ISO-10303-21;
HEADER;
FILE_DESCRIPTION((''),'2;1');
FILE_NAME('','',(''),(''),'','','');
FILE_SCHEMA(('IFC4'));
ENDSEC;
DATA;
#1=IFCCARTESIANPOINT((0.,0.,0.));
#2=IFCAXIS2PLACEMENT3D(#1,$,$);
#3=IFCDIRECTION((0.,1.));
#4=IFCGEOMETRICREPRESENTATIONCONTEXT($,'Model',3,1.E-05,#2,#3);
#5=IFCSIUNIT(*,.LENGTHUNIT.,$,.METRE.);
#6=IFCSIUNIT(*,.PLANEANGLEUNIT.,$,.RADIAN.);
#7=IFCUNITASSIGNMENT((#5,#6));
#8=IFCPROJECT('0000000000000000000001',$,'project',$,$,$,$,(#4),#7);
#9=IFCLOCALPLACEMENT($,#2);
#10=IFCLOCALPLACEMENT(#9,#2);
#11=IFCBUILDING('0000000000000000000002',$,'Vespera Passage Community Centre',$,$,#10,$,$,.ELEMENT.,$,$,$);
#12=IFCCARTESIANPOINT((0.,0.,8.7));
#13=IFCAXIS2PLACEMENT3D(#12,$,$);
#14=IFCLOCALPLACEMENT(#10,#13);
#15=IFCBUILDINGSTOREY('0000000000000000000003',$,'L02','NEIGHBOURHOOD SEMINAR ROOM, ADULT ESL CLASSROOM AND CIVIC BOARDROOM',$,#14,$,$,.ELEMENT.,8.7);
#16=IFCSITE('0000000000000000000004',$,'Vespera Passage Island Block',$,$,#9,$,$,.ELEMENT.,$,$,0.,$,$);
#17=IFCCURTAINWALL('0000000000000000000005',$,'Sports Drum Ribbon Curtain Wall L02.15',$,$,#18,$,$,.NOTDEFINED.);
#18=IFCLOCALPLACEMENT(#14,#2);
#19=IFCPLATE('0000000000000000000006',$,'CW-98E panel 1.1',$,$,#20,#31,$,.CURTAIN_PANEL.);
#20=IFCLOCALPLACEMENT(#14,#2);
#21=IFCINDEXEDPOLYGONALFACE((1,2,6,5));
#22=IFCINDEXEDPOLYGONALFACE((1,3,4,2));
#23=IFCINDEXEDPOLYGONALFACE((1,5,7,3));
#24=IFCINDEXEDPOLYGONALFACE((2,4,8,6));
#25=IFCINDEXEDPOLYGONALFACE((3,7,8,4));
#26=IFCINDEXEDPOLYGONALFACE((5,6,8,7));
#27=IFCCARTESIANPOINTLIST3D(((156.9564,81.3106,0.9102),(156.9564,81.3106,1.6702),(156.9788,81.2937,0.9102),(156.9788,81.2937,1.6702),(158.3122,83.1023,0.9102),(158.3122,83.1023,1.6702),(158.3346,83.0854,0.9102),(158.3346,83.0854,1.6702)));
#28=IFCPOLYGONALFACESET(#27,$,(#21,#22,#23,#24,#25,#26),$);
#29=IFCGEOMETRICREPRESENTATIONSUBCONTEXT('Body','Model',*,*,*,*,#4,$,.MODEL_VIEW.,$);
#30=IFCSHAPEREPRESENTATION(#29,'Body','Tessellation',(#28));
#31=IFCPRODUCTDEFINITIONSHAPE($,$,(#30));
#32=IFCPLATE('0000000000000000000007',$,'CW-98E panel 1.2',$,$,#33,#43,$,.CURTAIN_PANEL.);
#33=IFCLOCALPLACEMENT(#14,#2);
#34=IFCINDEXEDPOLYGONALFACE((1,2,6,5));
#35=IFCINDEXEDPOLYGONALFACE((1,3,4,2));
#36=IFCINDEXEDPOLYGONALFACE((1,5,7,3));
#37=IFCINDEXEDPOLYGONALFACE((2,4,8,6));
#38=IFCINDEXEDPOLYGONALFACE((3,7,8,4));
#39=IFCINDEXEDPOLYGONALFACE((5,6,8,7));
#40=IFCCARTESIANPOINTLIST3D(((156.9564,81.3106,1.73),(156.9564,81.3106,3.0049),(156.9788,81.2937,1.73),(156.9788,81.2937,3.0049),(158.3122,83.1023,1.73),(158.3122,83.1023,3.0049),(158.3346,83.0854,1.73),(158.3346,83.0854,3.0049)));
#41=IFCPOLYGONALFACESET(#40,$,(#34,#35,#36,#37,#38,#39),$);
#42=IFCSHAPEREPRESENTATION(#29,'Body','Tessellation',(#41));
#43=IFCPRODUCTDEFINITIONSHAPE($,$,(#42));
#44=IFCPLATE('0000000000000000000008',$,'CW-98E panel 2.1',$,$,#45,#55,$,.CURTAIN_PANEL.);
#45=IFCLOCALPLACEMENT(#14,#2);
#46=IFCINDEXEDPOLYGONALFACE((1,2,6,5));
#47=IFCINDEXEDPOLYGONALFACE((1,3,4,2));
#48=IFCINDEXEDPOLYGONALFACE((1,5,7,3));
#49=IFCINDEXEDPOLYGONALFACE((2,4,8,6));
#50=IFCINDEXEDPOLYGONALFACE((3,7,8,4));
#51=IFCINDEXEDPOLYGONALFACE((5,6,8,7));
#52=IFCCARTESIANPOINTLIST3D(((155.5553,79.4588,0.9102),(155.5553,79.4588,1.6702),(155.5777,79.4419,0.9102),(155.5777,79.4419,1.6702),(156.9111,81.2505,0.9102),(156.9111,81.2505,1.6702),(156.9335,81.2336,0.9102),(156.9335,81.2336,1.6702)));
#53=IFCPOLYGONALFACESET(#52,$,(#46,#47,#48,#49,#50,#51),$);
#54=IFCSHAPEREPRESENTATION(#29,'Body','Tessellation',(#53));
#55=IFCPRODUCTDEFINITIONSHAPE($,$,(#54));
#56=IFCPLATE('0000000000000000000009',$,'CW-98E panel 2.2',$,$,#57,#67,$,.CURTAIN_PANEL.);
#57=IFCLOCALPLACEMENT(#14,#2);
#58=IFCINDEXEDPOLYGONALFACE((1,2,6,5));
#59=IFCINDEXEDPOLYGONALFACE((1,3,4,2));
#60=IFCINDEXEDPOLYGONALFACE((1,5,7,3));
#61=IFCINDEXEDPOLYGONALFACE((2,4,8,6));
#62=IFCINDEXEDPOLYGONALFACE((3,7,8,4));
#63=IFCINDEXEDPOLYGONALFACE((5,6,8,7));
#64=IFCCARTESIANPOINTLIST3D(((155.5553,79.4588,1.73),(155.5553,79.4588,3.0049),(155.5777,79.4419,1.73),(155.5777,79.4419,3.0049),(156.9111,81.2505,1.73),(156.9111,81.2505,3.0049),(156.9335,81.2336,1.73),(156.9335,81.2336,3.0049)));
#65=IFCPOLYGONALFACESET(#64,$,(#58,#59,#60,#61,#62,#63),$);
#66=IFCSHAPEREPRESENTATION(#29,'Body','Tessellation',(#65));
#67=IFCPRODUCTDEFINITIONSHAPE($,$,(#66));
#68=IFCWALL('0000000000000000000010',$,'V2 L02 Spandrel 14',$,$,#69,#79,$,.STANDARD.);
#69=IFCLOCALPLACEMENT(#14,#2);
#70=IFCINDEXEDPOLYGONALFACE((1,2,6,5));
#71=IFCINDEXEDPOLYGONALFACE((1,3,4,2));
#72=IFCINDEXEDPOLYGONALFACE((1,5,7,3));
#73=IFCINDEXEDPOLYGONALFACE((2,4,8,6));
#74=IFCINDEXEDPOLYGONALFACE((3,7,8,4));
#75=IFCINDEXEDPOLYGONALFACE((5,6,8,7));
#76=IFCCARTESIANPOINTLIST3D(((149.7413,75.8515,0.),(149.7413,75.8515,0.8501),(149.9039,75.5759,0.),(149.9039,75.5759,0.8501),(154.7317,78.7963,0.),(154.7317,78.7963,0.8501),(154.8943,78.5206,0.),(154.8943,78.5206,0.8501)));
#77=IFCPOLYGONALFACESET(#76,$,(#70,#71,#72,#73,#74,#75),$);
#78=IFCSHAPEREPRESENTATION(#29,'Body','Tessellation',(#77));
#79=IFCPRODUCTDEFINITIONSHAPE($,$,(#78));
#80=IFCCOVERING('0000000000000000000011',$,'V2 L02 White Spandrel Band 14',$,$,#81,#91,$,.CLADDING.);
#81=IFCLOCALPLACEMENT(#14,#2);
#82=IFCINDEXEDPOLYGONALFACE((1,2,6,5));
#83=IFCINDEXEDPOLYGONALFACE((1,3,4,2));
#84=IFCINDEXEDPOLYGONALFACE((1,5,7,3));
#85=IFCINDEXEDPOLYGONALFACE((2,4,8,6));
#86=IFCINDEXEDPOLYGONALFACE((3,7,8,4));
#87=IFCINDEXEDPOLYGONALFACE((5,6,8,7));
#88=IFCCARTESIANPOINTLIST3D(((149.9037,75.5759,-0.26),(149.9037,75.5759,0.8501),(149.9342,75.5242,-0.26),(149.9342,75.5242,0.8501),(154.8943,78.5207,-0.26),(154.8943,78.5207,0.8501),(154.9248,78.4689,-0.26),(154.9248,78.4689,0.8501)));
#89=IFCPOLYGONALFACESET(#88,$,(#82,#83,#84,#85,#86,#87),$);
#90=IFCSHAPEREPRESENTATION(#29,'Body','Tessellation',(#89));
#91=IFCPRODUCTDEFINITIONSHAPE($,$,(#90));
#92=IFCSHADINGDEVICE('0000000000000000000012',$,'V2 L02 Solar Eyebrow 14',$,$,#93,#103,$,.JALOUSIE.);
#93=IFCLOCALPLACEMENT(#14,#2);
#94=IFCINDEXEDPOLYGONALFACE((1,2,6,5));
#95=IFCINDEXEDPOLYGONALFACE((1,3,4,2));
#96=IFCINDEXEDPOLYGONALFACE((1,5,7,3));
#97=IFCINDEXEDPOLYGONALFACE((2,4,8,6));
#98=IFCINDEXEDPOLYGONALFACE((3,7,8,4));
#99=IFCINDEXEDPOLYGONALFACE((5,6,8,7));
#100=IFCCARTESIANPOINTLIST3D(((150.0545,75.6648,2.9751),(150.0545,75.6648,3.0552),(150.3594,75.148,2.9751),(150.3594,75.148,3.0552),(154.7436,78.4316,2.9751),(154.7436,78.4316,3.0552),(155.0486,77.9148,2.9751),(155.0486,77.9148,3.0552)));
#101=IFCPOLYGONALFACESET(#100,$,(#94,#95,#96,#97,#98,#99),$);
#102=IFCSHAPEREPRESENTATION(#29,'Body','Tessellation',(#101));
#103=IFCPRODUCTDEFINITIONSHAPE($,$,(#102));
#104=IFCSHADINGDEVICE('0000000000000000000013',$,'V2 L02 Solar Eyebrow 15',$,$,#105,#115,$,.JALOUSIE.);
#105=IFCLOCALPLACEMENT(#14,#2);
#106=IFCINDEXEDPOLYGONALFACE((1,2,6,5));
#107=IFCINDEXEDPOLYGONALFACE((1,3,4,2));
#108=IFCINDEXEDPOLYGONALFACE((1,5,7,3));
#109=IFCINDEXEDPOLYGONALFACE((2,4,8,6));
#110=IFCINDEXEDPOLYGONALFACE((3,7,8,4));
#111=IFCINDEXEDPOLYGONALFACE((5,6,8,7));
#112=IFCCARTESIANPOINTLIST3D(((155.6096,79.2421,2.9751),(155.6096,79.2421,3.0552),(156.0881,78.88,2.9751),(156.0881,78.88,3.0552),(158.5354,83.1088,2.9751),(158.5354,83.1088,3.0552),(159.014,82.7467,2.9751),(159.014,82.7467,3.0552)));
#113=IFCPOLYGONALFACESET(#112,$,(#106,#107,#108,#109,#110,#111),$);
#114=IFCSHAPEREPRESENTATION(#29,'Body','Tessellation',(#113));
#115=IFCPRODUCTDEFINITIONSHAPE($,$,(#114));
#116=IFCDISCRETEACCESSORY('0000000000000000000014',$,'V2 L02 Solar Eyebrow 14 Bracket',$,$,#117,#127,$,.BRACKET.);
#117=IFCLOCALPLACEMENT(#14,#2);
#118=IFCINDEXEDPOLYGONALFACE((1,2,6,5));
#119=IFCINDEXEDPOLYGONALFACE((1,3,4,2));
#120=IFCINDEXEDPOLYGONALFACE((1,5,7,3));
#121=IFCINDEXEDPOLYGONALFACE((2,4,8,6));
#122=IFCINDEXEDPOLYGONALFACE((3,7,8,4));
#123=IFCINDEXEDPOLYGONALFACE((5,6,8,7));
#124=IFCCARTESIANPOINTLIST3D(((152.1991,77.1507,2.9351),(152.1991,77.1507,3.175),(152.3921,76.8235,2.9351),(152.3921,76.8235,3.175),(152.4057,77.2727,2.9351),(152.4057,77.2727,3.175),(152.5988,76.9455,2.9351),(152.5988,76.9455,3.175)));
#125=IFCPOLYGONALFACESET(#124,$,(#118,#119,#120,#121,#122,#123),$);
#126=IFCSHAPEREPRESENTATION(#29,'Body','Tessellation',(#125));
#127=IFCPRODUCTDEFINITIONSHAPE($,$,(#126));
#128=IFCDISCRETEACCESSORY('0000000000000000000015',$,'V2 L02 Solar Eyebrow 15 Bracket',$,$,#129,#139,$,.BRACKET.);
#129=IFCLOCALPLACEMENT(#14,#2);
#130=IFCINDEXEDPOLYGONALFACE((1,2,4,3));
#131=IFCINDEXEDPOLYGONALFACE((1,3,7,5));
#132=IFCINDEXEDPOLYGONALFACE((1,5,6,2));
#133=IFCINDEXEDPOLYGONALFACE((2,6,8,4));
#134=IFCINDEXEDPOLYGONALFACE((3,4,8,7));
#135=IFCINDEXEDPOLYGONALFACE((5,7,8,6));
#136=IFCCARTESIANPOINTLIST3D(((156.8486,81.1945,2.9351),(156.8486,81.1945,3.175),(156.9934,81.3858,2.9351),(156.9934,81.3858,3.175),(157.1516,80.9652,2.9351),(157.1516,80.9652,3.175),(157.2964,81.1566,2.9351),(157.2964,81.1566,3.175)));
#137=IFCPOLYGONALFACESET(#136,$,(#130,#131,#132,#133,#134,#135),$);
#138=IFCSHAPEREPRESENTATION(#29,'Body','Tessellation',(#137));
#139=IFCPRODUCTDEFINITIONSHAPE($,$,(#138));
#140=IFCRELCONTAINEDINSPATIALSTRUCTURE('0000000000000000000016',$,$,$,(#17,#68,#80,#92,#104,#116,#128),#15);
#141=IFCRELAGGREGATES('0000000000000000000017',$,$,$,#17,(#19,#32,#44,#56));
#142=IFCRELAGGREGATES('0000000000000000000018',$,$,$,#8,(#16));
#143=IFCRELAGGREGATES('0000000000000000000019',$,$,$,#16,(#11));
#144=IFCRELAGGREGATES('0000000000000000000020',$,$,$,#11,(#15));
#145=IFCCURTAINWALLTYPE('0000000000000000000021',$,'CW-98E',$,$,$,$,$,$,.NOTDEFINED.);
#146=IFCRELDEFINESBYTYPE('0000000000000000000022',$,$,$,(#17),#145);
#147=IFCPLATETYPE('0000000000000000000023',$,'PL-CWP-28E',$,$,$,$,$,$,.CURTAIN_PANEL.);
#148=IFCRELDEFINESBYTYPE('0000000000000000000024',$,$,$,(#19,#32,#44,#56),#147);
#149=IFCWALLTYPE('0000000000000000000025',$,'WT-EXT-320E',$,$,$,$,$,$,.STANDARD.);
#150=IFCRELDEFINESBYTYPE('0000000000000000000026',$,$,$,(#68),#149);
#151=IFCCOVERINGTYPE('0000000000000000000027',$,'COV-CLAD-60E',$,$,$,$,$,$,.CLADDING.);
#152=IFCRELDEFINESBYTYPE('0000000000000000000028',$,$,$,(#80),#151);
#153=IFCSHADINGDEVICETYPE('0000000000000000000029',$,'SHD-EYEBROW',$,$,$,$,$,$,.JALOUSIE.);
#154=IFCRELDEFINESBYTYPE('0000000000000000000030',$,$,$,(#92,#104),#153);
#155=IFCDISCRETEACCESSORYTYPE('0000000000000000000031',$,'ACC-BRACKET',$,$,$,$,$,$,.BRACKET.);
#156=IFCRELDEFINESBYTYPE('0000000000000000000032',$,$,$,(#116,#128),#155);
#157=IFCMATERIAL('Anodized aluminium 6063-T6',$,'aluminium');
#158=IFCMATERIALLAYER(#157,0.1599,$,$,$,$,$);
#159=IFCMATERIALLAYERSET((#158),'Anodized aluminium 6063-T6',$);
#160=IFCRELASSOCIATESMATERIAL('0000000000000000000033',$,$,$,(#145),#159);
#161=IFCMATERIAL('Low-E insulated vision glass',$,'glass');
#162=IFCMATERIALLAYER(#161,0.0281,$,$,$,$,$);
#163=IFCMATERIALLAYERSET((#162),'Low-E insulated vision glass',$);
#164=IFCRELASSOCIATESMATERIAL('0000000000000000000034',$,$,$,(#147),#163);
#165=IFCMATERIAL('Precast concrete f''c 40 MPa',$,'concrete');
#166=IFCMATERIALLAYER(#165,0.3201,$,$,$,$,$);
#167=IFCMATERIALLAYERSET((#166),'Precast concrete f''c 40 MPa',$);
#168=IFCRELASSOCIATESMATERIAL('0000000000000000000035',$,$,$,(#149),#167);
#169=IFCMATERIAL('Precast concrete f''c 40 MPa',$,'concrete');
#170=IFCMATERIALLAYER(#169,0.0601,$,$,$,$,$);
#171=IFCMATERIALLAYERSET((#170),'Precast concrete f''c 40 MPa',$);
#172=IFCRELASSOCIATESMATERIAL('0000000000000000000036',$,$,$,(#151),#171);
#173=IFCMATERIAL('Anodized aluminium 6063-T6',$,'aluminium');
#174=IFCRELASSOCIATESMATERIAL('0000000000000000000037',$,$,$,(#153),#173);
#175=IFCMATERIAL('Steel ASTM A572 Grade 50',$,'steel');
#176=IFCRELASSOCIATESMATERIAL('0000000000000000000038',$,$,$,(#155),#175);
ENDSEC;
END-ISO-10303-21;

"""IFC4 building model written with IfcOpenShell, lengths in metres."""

from ifc_helpers import new_model, si_unit, direction, frame, frame_2d, origin, origin_2d, place, context, subcontext, project, spatial, rectangle, extrude, material, layer, layer_set, type_object, element, aggregate, save


model = new_model("IFC4")

# Units and contexts
model_context = context("Model", 3, precision=1e-05, world=origin(), true_north=direction((0.0, 1.0)))
body_context = subcontext(model_context, "Body", "Model", "MODEL_VIEW")
ifc_project = project(units=[si_unit("LENGTHUNIT", "METRE"), si_unit("PLANEANGLEUNIT", "RADIAN")], contexts=[model_context])

# Site, building, storey
site_placement = place(None, origin())
site = spatial("IfcSite", under=ifc_project, at=site_placement, Name="Vespera Passage Island Block", CompositionType="ELEMENT", RefElevation=0.0)
building_placement = place(site_placement, origin())
building = spatial("IfcBuilding", under=site, at=building_placement, Name="Vespera Passage Community Centre", CompositionType="ELEMENT")
storey_placement = place(building_placement, frame((0.0, 0.0, 8.7)))
storey = spatial("IfcBuildingStorey", under=building, at=storey_placement, Name="L02", Description="NEIGHBOURHOOD SEMINAR ROOM, ADULT ESL CLASSROOM AND CIVIC BOARDROOM", CompositionType="ELEMENT", Elevation=8.7)

# Curtain wall
ifc_material_1 = material(Name="Anodized aluminium 6063-T6", Category="aluminium")
ifc_layer_1 = layer(ifc_material_1, 0.1599)
ifc_layer_set_1 = layer_set([ifc_layer_1], Name="Anodized aluminium 6063-T6")
curtain_wall_type_1 = type_object("IfcCurtainWallType", Name="CW-98E", PredefinedType="NOTDEFINED", material=ifc_layer_set_1)
curtain_wall_1_placement = place(storey_placement, origin())
curtain_wall_1 = element("IfcCurtainWall", 1, at=curtain_wall_1_placement, inside=storey, type_object=curtain_wall_type_1, Name="Sports Drum Ribbon Curtain Wall L02.15", PredefinedType="NOTDEFINED")

# Plates
ifc_material_2 = material(Name="Low-E insulated vision glass", Category="glass")
ifc_layer_2 = layer(ifc_material_2, 0.0281)
ifc_layer_set_2 = layer_set([ifc_layer_2], Name="Low-E insulated vision glass")
plate_type = type_object("IfcPlateType", Name="PL-CWP-28E", PredefinedType="CURTAIN_PANEL", material=ifc_layer_set_2)
plate_1_placement = place(storey_placement, frame((157.6455, 82.198, 0.9102), z_axis=(0.0, 0.0, 1.0), x_axis=(-0.603406, -0.797434, 0.0)))
plate_1 = element("IfcPlate", 2, at=plate_1_placement, type_object=plate_type, Name="CW-98E panel 1.1", PredefinedType="CURTAIN_PANEL", context=body_context, shape_type="SweptSolid", body=[
    extrude(rectangle(XDim=2.2468, YDim=0.0281, at=origin_2d()), origin(), (0.0, 0.0, 1.0), 0.76),
])
plate_2_placement = place(storey_placement, frame((157.6455, 82.198, 1.73), z_axis=(0.0, 0.0, 1.0), x_axis=(-0.603406, -0.797434, 0.0)))
plate_2 = element("IfcPlate", 3, at=plate_2_placement, type_object=plate_type, Name="CW-98E panel 1.2", PredefinedType="CURTAIN_PANEL", context=body_context, shape_type="SweptSolid", body=[
    extrude(rectangle(XDim=2.2468, YDim=0.0281, at=origin_2d()), origin(), (0.0, 0.0, 1.0), 1.2749),
])
plate_3_placement = place(storey_placement, frame((156.2444, 80.3462, 0.9102), z_axis=(0.0, 0.0, 1.0), x_axis=(-0.603406, -0.797434, 0.0)))
plate_3 = element("IfcPlate", 4, at=plate_3_placement, type_object=plate_type, Name="CW-98E panel 2.1", PredefinedType="CURTAIN_PANEL", context=body_context, shape_type="SweptSolid", body=[
    extrude(rectangle(XDim=2.2468, YDim=0.0281, at=origin_2d()), origin(), (0.0, 0.0, 1.0), 0.76),
])
plate_4_placement = place(storey_placement, frame((156.2444, 80.3462, 1.73), z_axis=(0.0, 0.0, 1.0), x_axis=(-0.603406, -0.797434, 0.0)))
plate_4 = element("IfcPlate", 5, at=plate_4_placement, type_object=plate_type, Name="CW-98E panel 2.2", PredefinedType="CURTAIN_PANEL", context=body_context, shape_type="SweptSolid", body=[
    extrude(rectangle(XDim=2.2468, YDim=0.0281, at=origin_2d()), origin(), (0.0, 0.0, 1.0), 1.2749),
])
aggregate(curtain_wall_1, [plate_1, plate_2, plate_3, plate_4])

# Wall
ifc_material_3 = material(Name="Precast concrete f'c 40 MPa", Category="concrete")
ifc_layer_3 = layer(ifc_material_3, 0.3201)
ifc_layer_set_3 = layer_set([ifc_layer_3], Name="Precast concrete f'c 40 MPa")
wall_type = type_object("IfcWallType", Name="WT-EXT-320E", PredefinedType="STANDARD", material=ifc_layer_set_3)
wall_placement = place(storey_placement, frame((154.813, 78.6584, 0.0), z_axis=(0.0, 0.0, 1.0), x_axis=(-0.861236, -0.508205, 0.0)))
element("IfcWall", 6, at=wall_placement, inside=storey, type_object=wall_type, Name="V2 L02 Spandrel 14", PredefinedType="STANDARD", context=body_context, shape_type="SweptSolid", body=[
    extrude(rectangle(XDim=5.7944, YDim=0.3201, at=frame_2d((2.8972, 0.0))), origin(), (0.0, 0.0, 1.0), 0.8501),
])

# Covering
ifc_material_4 = material(Name="Precast concrete f'c 40 MPa", Category="concrete")
ifc_layer_4 = layer(ifc_material_4, 0.0601)
ifc_layer_set_4 = layer_set([ifc_layer_4], Name="Precast concrete f'c 40 MPa")
covering_type = type_object("IfcCoveringType", Name="COV-CLAD-60E", PredefinedType="CLADDING", material=ifc_layer_set_4)
covering_placement = place(storey_placement, frame((154.9097, 78.4949, -0.26), z_axis=(0.0, 0.0, 1.0), x_axis=(-0.861247, -0.508187, 0.0)))
element("IfcCovering", 7, at=covering_placement, inside=storey, type_object=covering_type, Name="V2 L02 White Spandrel Band 14", PredefinedType="CLADDING", context=body_context, shape_type="SweptSolid", body=[
    extrude(rectangle(XDim=5.7947, YDim=0.0601, at=frame_2d((2.8975, 0.0))), origin(), (0.0, 0.0, 1.0), 1.1101),
])

# Shading devices
ifc_material_5 = material(Name="Anodized aluminium 6063-T6", Category="aluminium")
shading_device_type = type_object("IfcShadingDeviceType", Name="SHD-EYEBROW", PredefinedType="JALOUSIE", material=ifc_material_5)
shading_device_1_placement = place(storey_placement, frame((152.5515, 76.7898, 2.9751), z_axis=(0.0, 0.0, 1.0), x_axis=(-0.861248, -0.508185, 0.0)))
element("IfcShadingDevice", 8, at=shading_device_1_placement, inside=storey, type_object=shading_device_type, Name="V2 L02 Solar Eyebrow 14", PredefinedType="JALOUSIE", context=body_context, shape_type="SweptSolid", body=[
    extrude(rectangle(XDim=5.4446, YDim=0.6001, at=origin_2d()), origin(), (0.0, 0.0, 1.0), 0.0801),
])
shading_device_2_placement = place(storey_placement, frame((157.3118, 80.9944, 2.9751), z_axis=(0.0, 0.0, 1.0), x_axis=(-0.603403, -0.797437, 0.0)))
element("IfcShadingDevice", 9, at=shading_device_2_placement, inside=storey, type_object=shading_device_type, Name="V2 L02 Solar Eyebrow 15", PredefinedType="JALOUSIE", context=body_context, shape_type="SweptSolid", body=[
    extrude(rectangle(XDim=4.8489, YDim=0.6001, at=origin_2d()), origin(), (0.0, 0.0, 1.0), 0.0801),
])

# Discrete accessories
ifc_material_6 = material(Name="Steel ASTM A572 Grade 50", Category="steel")
discrete_accessory_type = type_object("IfcDiscreteAccessoryType", Name="ACC-BRACKET", PredefinedType="BRACKET", material=ifc_material_6)
for number, where, z_axis, x_axis, name in (
    (10, (152.3989, 77.0481, 2.9351), (0.0, 0.0, 1.0), (-0.861248, -0.508185, 0.0), "V2 L02 Solar Eyebrow 14 Bracket"),
    (11, (157.0725, 81.1755, 2.9351), (0.0, 0.0, 1.0), (-0.603403, -0.797437, 0.0), "V2 L02 Solar Eyebrow 15 Bracket"),
):
    element("IfcDiscreteAccessory", number, at=place(storey_placement, frame(where, z_axis=z_axis, x_axis=x_axis)), inside=storey, type_object=discrete_accessory_type, Name=name, PredefinedType="BRACKET", context=body_context, shape_type="SweptSolid", body=[
        extrude(rectangle(XDim=0.24, YDim=0.3799, at=origin_2d()), origin(), (0.0, 0.0, 1.0), 0.24),
    ])

save(model, "model.ifc")
